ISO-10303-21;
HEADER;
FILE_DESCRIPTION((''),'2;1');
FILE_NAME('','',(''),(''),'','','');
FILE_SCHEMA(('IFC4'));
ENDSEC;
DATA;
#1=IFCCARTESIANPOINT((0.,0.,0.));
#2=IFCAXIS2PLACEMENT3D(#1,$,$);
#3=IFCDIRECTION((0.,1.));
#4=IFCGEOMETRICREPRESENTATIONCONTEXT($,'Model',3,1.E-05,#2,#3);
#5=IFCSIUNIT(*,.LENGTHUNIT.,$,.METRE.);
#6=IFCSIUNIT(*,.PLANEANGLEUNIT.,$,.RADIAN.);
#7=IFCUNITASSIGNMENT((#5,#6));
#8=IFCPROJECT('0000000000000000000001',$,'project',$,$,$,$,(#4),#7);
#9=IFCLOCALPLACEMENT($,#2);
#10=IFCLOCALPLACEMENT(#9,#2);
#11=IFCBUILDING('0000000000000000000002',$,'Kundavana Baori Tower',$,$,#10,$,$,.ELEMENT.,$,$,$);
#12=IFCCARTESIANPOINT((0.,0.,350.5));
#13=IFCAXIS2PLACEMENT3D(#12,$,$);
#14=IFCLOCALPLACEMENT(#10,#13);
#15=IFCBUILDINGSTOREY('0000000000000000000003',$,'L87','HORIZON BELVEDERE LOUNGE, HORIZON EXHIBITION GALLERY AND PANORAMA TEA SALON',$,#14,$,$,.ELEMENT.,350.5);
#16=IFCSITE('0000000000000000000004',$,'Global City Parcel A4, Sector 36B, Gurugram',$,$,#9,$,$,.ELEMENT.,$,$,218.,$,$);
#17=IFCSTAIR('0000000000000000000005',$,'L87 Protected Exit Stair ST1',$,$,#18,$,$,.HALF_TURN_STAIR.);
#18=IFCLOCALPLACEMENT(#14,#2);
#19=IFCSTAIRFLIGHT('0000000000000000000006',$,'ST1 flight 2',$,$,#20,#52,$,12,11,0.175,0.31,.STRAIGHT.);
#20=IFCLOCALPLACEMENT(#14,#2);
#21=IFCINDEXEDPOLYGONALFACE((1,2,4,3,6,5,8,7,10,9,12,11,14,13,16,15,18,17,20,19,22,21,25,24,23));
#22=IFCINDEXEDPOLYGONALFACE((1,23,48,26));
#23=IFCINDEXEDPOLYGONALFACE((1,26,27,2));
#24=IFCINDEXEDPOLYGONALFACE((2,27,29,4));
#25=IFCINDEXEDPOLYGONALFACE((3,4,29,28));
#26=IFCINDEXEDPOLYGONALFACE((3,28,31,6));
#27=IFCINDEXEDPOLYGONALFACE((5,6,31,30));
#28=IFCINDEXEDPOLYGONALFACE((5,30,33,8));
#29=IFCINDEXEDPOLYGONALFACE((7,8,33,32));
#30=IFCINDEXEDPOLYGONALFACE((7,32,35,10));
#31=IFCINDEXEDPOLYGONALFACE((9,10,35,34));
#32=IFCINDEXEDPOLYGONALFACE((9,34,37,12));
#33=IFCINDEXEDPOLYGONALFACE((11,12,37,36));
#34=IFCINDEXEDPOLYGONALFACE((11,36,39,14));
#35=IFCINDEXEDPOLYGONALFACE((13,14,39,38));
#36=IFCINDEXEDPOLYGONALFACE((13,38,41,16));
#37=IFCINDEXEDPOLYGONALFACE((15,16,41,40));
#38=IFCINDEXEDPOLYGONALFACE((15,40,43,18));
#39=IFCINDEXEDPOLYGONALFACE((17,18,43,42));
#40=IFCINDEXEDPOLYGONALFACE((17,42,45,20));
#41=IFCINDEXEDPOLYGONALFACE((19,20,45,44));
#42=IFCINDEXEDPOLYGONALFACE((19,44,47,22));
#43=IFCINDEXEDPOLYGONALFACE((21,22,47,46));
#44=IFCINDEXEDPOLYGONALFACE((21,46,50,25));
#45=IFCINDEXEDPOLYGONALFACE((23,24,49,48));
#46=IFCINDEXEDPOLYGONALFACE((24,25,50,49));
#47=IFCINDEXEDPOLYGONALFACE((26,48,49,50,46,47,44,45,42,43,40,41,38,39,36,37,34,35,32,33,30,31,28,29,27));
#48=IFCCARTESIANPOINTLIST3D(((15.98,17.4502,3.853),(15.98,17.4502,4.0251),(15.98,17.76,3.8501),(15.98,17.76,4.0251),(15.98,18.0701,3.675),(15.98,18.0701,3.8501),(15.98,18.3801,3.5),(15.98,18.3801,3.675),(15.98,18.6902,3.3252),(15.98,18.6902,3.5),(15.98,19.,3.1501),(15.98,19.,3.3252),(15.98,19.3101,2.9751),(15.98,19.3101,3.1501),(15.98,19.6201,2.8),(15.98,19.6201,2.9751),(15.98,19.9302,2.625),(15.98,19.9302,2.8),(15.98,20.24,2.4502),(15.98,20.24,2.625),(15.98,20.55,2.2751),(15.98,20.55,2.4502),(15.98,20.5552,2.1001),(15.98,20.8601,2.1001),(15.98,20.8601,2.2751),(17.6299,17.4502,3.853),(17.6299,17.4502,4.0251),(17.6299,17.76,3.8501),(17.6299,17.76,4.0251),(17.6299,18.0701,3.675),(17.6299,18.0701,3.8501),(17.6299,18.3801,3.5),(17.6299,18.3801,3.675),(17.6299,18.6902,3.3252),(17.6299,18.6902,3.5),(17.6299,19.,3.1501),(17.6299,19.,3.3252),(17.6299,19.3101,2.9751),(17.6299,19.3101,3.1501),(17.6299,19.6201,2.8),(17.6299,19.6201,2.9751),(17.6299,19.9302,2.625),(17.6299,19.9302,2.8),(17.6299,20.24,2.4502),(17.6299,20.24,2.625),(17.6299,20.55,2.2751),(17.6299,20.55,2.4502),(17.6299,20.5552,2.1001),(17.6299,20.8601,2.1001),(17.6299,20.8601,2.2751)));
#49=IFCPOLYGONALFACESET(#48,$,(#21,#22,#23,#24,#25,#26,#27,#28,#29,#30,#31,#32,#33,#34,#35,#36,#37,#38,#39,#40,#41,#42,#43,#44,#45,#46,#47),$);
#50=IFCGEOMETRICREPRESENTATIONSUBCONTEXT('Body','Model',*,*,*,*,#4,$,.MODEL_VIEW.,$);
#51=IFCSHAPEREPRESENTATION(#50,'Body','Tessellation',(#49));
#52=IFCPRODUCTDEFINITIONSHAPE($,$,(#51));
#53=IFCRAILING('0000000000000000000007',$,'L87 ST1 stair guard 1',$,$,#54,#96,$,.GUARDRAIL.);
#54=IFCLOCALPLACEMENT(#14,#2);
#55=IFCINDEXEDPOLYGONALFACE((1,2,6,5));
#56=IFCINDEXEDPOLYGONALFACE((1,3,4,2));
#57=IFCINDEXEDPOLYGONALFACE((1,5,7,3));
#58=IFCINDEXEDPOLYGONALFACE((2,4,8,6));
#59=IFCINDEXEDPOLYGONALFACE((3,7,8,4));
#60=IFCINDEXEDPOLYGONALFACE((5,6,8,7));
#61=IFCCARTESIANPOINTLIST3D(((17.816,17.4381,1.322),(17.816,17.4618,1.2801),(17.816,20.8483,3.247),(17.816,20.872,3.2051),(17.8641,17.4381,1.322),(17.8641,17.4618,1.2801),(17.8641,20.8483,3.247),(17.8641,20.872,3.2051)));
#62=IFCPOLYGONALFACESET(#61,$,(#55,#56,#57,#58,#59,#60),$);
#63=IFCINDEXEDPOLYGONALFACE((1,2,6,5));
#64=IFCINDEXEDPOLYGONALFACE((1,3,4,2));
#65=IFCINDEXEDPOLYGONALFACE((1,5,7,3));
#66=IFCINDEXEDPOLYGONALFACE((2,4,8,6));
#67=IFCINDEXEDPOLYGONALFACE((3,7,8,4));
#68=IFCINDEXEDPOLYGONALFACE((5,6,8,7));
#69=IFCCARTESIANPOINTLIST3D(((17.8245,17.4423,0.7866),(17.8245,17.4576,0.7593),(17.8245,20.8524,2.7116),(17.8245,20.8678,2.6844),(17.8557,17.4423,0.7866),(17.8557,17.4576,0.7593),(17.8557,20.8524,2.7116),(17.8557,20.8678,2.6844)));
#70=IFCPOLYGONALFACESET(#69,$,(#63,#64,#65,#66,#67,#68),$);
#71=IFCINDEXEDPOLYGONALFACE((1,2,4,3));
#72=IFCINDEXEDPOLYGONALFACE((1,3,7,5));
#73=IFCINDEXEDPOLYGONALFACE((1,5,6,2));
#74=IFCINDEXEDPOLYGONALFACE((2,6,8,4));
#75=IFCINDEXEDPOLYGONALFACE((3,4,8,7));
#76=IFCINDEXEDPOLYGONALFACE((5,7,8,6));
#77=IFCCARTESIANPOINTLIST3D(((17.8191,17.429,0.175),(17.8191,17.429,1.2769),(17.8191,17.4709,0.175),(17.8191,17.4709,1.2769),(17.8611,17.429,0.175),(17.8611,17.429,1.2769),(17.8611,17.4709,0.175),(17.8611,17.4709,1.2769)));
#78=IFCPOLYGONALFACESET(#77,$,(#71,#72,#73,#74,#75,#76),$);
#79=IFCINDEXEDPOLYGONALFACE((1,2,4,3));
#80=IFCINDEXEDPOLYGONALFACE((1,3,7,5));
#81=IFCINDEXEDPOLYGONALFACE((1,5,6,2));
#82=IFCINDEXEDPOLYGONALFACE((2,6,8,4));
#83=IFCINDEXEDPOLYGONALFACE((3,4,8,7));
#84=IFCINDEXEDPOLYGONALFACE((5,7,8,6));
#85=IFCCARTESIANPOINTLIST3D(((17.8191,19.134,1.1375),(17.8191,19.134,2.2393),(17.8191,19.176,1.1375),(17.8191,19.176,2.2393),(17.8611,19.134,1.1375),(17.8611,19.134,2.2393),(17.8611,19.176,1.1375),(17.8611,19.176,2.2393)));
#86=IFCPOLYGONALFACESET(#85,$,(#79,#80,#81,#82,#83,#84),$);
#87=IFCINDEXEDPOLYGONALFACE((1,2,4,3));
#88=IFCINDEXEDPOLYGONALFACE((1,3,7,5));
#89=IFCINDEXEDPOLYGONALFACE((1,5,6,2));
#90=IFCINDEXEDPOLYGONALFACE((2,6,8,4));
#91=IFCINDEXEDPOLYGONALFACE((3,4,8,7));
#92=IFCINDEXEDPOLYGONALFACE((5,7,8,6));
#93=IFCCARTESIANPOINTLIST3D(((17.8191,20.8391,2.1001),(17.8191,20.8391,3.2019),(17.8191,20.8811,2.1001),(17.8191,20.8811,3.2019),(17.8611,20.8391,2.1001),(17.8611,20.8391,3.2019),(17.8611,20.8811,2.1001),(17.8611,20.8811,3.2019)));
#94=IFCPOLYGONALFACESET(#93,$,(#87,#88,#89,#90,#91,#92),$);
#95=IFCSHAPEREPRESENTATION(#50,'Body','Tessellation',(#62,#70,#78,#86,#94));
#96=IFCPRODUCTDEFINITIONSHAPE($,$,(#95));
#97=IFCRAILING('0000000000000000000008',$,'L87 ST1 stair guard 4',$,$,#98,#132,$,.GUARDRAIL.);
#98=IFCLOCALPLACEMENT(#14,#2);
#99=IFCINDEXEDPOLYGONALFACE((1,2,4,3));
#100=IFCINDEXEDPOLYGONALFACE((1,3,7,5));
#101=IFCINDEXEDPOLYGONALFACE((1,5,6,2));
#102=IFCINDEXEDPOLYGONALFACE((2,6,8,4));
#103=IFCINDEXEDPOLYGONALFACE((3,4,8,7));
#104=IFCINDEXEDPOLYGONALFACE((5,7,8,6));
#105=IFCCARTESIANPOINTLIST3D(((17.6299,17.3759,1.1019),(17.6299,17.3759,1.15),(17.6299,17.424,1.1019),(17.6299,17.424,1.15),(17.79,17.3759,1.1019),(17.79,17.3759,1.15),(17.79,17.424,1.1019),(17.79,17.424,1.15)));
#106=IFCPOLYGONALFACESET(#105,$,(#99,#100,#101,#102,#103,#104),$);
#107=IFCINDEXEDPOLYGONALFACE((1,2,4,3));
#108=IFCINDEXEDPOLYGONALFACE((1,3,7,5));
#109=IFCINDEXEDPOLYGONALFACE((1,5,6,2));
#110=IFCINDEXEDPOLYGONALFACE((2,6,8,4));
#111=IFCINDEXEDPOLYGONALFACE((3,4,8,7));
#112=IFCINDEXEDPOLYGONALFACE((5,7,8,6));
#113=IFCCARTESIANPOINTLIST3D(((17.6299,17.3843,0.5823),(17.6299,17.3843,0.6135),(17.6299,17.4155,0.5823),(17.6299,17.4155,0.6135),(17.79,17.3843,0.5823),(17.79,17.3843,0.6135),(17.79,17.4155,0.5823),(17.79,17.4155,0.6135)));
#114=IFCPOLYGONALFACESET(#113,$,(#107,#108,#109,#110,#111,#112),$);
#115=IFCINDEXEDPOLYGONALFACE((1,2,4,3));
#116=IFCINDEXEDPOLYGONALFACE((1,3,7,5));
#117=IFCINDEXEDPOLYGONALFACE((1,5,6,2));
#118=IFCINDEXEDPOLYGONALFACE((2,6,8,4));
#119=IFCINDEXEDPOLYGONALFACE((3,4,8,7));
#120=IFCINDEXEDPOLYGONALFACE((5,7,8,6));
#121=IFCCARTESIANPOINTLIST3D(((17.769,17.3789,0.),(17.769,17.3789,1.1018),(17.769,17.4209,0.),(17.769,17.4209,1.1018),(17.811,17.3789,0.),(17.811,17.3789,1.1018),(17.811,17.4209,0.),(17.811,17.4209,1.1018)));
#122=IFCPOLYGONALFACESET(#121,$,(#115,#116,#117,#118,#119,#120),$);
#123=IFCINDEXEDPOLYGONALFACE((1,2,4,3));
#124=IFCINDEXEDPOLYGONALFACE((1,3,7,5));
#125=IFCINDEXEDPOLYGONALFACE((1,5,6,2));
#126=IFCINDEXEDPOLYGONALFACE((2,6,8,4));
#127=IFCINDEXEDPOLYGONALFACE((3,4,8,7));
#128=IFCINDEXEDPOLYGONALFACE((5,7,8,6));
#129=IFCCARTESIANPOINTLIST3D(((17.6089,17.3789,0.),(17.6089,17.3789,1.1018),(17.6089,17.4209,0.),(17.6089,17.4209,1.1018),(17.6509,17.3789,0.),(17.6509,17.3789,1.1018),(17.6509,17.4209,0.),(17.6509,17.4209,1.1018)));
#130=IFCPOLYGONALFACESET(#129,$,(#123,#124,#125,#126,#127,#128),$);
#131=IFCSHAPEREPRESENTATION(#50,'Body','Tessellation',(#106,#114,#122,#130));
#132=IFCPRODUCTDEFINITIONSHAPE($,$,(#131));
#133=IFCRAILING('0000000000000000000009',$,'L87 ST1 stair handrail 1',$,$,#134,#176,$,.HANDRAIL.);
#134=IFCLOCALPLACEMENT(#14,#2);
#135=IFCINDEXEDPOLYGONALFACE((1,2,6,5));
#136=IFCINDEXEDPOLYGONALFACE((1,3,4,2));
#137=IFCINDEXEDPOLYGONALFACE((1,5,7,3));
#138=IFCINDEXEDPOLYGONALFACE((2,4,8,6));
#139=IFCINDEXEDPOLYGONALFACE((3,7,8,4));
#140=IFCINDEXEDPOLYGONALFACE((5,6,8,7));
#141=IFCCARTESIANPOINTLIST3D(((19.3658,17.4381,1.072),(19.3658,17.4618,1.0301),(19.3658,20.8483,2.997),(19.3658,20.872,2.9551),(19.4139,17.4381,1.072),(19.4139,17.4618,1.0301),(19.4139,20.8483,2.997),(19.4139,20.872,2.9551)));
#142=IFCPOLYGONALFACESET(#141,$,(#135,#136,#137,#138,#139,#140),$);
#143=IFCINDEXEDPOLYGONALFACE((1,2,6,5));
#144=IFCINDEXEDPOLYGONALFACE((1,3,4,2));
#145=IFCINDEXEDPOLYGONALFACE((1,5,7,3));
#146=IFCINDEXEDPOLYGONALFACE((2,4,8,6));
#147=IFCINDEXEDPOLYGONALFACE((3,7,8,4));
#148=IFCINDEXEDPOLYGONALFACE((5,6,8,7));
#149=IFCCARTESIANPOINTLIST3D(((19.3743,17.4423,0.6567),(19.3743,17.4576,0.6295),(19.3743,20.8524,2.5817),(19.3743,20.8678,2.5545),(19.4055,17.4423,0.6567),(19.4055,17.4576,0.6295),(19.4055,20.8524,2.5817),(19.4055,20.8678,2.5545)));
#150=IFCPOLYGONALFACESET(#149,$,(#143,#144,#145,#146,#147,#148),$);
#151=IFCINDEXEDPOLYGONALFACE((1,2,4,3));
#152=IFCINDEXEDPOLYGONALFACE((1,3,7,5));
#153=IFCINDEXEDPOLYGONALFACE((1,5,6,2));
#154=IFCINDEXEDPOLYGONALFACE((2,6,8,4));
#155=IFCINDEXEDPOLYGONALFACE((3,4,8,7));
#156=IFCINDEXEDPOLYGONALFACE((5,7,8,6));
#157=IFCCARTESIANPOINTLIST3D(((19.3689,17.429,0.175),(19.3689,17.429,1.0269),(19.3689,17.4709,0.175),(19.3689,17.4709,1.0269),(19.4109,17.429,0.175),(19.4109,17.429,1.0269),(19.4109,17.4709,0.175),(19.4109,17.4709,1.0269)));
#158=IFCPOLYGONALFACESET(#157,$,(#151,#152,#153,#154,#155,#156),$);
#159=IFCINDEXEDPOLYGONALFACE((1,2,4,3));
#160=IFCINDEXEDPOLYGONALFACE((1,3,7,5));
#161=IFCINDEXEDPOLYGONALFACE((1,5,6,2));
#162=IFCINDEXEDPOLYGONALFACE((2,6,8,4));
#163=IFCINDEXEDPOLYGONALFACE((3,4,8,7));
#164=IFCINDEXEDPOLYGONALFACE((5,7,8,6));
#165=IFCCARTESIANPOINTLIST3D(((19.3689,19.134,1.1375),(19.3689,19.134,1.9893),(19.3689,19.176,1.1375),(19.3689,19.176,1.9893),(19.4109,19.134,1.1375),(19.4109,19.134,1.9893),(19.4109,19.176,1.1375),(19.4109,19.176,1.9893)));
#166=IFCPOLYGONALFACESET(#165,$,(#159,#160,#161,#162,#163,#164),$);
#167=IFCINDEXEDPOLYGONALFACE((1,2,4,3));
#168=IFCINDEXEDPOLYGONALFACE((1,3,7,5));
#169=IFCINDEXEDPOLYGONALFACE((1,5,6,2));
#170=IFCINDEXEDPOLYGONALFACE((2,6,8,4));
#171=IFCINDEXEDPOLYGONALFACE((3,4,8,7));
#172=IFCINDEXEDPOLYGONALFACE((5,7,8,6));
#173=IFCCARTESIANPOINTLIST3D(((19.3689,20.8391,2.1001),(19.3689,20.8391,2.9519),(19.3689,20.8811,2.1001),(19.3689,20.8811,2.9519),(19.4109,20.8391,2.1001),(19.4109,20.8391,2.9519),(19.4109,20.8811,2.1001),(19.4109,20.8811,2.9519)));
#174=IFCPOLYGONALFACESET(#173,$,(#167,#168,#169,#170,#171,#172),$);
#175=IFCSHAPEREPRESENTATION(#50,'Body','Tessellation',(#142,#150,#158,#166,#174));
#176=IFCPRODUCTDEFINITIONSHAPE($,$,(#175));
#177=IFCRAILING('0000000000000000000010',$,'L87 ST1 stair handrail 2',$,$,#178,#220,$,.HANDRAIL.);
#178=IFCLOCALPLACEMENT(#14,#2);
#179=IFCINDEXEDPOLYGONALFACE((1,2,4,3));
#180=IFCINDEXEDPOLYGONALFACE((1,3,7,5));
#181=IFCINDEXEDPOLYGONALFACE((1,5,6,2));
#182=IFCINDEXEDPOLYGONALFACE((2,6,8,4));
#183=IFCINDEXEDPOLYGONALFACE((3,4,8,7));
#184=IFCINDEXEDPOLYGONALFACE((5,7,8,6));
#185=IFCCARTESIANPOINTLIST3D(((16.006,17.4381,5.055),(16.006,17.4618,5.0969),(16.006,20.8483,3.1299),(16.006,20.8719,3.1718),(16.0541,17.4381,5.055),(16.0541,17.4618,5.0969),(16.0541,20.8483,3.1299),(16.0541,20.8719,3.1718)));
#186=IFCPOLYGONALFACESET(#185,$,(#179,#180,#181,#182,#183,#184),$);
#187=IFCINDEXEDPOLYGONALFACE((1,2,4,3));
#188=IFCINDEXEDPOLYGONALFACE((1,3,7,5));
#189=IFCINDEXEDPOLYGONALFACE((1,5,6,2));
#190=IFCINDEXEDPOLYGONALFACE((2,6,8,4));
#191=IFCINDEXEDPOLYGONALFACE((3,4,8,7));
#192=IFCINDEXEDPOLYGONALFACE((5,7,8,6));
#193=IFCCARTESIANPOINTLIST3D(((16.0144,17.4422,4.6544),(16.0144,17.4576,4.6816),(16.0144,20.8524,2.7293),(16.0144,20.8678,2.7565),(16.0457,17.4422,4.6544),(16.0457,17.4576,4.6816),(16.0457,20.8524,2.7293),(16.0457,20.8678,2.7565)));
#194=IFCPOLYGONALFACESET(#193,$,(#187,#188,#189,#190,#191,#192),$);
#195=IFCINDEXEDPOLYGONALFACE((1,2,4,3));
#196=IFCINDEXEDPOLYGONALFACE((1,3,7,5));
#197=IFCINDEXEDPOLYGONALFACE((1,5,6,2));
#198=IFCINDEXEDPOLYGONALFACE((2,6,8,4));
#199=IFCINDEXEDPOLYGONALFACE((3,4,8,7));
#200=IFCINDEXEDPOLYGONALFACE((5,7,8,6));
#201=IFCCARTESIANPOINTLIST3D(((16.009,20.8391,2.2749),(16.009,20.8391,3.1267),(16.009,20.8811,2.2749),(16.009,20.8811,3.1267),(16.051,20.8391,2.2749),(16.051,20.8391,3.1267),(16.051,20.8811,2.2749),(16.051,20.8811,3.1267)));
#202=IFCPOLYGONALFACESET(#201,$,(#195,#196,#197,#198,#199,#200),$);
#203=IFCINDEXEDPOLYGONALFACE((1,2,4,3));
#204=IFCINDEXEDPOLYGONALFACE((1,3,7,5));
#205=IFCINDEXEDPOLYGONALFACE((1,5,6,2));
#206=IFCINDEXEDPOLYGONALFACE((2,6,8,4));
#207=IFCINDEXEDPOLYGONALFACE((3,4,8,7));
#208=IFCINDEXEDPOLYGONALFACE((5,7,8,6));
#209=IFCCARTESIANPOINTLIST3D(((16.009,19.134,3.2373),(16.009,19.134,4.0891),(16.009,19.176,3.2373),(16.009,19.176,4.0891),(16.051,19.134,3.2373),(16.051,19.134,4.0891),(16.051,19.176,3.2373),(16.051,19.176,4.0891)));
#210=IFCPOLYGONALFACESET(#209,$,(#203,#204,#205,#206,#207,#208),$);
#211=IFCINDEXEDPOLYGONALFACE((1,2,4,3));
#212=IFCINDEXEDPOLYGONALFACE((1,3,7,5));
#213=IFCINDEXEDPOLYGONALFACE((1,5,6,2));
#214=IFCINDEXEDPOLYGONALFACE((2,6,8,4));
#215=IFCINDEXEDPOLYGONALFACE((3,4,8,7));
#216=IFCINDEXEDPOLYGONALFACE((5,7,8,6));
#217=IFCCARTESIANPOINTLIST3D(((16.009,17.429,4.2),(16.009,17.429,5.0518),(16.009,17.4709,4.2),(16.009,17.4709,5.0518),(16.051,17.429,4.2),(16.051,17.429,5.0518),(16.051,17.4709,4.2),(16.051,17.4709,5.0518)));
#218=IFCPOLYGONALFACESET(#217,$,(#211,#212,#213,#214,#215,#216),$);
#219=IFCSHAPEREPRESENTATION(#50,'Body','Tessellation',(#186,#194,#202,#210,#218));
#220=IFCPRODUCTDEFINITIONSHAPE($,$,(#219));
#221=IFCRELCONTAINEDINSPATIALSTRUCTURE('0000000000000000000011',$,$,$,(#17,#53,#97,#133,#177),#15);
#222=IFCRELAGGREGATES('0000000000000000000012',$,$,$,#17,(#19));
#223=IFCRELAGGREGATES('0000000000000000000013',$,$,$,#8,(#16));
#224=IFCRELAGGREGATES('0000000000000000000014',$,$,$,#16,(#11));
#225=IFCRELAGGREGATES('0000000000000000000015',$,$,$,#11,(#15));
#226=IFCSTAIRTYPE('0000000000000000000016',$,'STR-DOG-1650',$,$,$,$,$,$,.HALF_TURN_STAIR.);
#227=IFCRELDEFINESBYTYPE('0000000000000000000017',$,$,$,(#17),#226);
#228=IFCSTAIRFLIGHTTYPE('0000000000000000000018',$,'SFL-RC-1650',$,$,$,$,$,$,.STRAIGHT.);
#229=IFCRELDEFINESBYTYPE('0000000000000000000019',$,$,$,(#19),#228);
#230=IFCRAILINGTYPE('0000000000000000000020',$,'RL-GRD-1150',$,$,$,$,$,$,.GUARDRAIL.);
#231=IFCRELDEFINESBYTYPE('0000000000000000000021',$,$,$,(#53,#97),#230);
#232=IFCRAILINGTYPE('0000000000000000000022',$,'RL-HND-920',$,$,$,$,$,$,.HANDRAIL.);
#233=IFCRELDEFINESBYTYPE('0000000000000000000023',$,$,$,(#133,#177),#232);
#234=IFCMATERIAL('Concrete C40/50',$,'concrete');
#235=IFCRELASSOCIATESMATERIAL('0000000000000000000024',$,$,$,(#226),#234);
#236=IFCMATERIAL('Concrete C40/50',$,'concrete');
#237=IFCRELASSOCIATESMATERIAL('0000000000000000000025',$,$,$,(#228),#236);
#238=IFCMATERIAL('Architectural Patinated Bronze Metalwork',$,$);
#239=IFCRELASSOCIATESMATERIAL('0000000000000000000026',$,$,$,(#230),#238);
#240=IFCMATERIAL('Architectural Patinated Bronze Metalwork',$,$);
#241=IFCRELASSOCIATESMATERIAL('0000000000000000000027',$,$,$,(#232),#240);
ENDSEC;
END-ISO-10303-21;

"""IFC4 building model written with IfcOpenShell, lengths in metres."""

from ifc_helpers import new_model, si_unit, direction, frame, origin, origin_2d, place, context, subcontext, project, spatial, polyline, rectangle, outline, extrude, material, type_object, element, aggregate, save


model = new_model("IFC4")

# Units and contexts
model_context = context("Model", 3, precision=1e-05, world=origin(), true_north=direction((0.0, 1.0)))
body_context = subcontext(model_context, "Body", "Model", "MODEL_VIEW")
ifc_project = project(units=[si_unit("LENGTHUNIT", "METRE"), si_unit("PLANEANGLEUNIT", "RADIAN")], contexts=[model_context])

# Site, building, storey
site_placement = place(None, origin())
site = spatial("IfcSite", under=ifc_project, at=site_placement, Name="Global City Parcel A4, Sector 36B, Gurugram", CompositionType="ELEMENT", RefElevation=218.0)
building_placement = place(site_placement, origin())
building = spatial("IfcBuilding", under=site, at=building_placement, Name="Kundavana Baori Tower", CompositionType="ELEMENT")
storey_placement = place(building_placement, frame((0.0, 0.0, 350.5)))
storey = spatial("IfcBuildingStorey", under=building, at=storey_placement, Name="L87", Description="HORIZON BELVEDERE LOUNGE, HORIZON EXHIBITION GALLERY AND PANORAMA TEA SALON", CompositionType="ELEMENT", Elevation=350.5)

# Stair, stair flight
ifc_material_1 = material(Name="Concrete C40/50", Category="concrete")
stair_type = type_object("IfcStairType", Name="STR-DOG-1650", PredefinedType="HALF_TURN_STAIR", material=ifc_material_1)
stair_placement = place(storey_placement, origin())
stair = element("IfcStair", 1, at=stair_placement, inside=storey, type_object=stair_type, Name="L87 Protected Exit Stair ST1", PredefinedType="HALF_TURN_STAIR")
ifc_material_2 = material(Name="Concrete C40/50", Category="concrete")
stair_flight_type = type_object("IfcStairFlightType", Name="SFL-RC-1650", PredefinedType="STRAIGHT", material=ifc_material_2)
stair_flight_1_placement = place(storey_placement, frame((16.8049, 20.8601, 2.1001), z_axis=(0.0, 0.0, 1.0), x_axis=(0.0, -1.0, 0.0)))
stair_flight_1 = element("IfcStairFlight", 2, at=stair_flight_1_placement, type_object=stair_flight_type, Name="ST1 flight 2", NumberOfRisers=12, NumberOfTreads=11, PredefinedType="STRAIGHT", RiserHeight=0.175, TreadLength=0.31, context=body_context, shape_type="SweptSolid", body=[
    extrude(outline(polyline([(0.0, 0.0), (0.0, 0.175), (0.3101, 0.175), (0.3101, 0.3501), (0.6201, 0.3501), (0.6201, 0.5249), (0.9299, 0.5249), (0.9299, 0.7), (1.24, 0.7), (1.24, 0.875), (1.55, 0.875), (1.55, 1.05), (1.8601, 1.05), (1.8601, 1.2251), (2.1699, 1.2251), (2.1699, 1.3999), (2.48, 1.3999), (2.48, 1.575), (2.79, 1.575), (2.79, 1.75), (3.1001, 1.75), (3.1001, 1.925), (3.4099, 1.925), (3.4099, 2.1001), (3.4099, 1.7529), (0.3049, 0.0), (0.0, 0.0)])), frame((0.0, 0.825, 0.0), z_axis=(0.0, -1.0, 0.0), x_axis=(1.0, 0.0, 0.0)), (0.0, 0.0, 1.0), 1.6499),
])
aggregate(stair, [stair_flight_1])

# Railings
ifc_material_3 = material(Name="Architectural Patinated Bronze Metalwork")
railing_type_1 = type_object("IfcRailingType", Name="RL-GRD-1150", PredefinedType="GUARDRAIL", material=ifc_material_3)
railing_1_placement = place(storey_placement, frame((17.8401, 17.45, 0.175)))
element("IfcRailing", 3, at=railing_1_placement, inside=storey, type_object=railing_type_1, Name="L87 ST1 stair guard 1", PredefinedType="GUARDRAIL", context=body_context, shape_type="SweptSolid", body=[
    extrude(rectangle(XDim=0.0481, YDim=0.0481, at=origin_2d()), frame((0.0, 0.0, 1.126), z_axis=(0.0, 0.870829, 0.491587), x_axis=(-1.0, 0.0, 0.0)), (0.0, 0.0, 1.0), 3.916),
    extrude(rectangle(XDim=0.0312, YDim=0.0312, at=origin_2d()), frame((0.0, 0.0, 0.5979), z_axis=(0.0, 0.870829, 0.491587), x_axis=(-1.0, 0.0, 0.0)), (0.0, 0.0, 1.0), 3.916),
    extrude(rectangle(XDim=0.042, YDim=0.042, at=origin_2d()), origin(), (0.0, 0.0, 1.0), 1.1018),
    extrude(rectangle(XDim=0.042, YDim=0.042, at=origin_2d()), frame((0.0, 1.7051, 0.9624)), (0.0, 0.0, 1.0), 1.1018),
    extrude(rectangle(XDim=0.042, YDim=0.042, at=origin_2d()), frame((0.0, 3.4102, 1.925)), (0.0, 0.0, 1.0), 1.1018),
])
railing_2_placement = place(storey_placement, frame((17.79, 17.3999, 0.0)))
element("IfcRailing", 4, at=railing_2_placement, inside=storey, type_object=railing_type_1, Name="L87 ST1 stair guard 4", PredefinedType="GUARDRAIL", context=body_context, shape_type="SweptSolid", body=[
    extrude(rectangle(XDim=0.0481, YDim=0.0481, at=origin_2d()), frame((0.0, 0.0, 1.126), z_axis=(-1.0, 0.0, 0.0), x_axis=(0.0, -1.0, 0.0)), (0.0, 0.0, 1.0), 0.1602),
    extrude(rectangle(XDim=0.0312, YDim=0.0312, at=origin_2d()), frame((0.0, 0.0, 0.5979), z_axis=(-1.0, 0.0, 0.0), x_axis=(0.0, -1.0, 0.0)), (0.0, 0.0, 1.0), 0.1602),
    extrude(rectangle(XDim=0.042, YDim=0.042, at=origin_2d()), origin(), (0.0, 0.0, 1.0), 1.1018),
    extrude(rectangle(XDim=0.042, YDim=0.042, at=origin_2d()), frame((-0.1602, 0.0, 0.0)), (0.0, 0.0, 1.0), 1.1018),
])
ifc_material_4 = material(Name="Architectural Patinated Bronze Metalwork")
railing_type_2 = type_object("IfcRailingType", Name="RL-HND-920", PredefinedType="HANDRAIL", material=ifc_material_4)
railing_3_placement = place(storey_placement, frame((19.3899, 17.45, 0.175)))
element("IfcRailing", 5, at=railing_3_placement, inside=storey, type_object=railing_type_2, Name="L87 ST1 stair handrail 1", PredefinedType="HANDRAIL", context=body_context, shape_type="SweptSolid", body=[
    extrude(rectangle(XDim=0.0481, YDim=0.0481, at=origin_2d()), frame((0.0, 0.0, 0.876), z_axis=(0.0, 0.870829, 0.491587), x_axis=(-1.0, 0.0, 0.0)), (0.0, 0.0, 1.0), 3.916),
    extrude(rectangle(XDim=0.0312, YDim=0.0312, at=origin_2d()), frame((0.0, 0.0, 0.468), z_axis=(0.0, 0.870829, 0.491587), x_axis=(-1.0, 0.0, 0.0)), (0.0, 0.0, 1.0), 3.916),
    extrude(rectangle(XDim=0.042, YDim=0.042, at=origin_2d()), origin(), (0.0, 0.0, 1.0), 0.8518),
    extrude(rectangle(XDim=0.042, YDim=0.042, at=origin_2d()), frame((0.0, 1.7051, 0.9624)), (0.0, 0.0, 1.0), 0.8518),
    extrude(rectangle(XDim=0.042, YDim=0.042, at=origin_2d()), frame((0.0, 3.4102, 1.925)), (0.0, 0.0, 1.0), 0.8518),
])
railing_4_placement = place(storey_placement, frame((16.03, 20.8601, 2.2749)))
element("IfcRailing", 6, at=railing_4_placement, inside=storey, type_object=railing_type_2, Name="L87 ST1 stair handrail 2", PredefinedType="HANDRAIL", context=body_context, shape_type="SweptSolid", body=[
    extrude(rectangle(XDim=0.0481, YDim=0.0481, at=origin_2d()), frame((0.0, 0.0, 0.876), z_axis=(0.0, -0.870829, 0.491587), x_axis=(1.0, 0.0, 0.0)), (0.0, 0.0, 1.0), 3.916),
    extrude(rectangle(XDim=0.0312, YDim=0.0312, at=origin_2d()), frame((0.0, 0.0, 0.468), z_axis=(0.0, -0.870829, 0.491587), x_axis=(1.0, 0.0, 0.0)), (0.0, 0.0, 1.0), 3.916),
    extrude(rectangle(XDim=0.042, YDim=0.042, at=origin_2d()), origin(), (0.0, 0.0, 1.0), 0.8518),
    extrude(rectangle(XDim=0.042, YDim=0.042, at=origin_2d()), frame((0.0, -1.7051, 0.9624)), (0.0, 0.0, 1.0), 0.8518),
    extrude(rectangle(XDim=0.042, YDim=0.042, at=origin_2d()), frame((0.0, -3.4102, 1.925)), (0.0, 0.0, 1.0), 0.8518),
])

save(model, "model.ifc")
